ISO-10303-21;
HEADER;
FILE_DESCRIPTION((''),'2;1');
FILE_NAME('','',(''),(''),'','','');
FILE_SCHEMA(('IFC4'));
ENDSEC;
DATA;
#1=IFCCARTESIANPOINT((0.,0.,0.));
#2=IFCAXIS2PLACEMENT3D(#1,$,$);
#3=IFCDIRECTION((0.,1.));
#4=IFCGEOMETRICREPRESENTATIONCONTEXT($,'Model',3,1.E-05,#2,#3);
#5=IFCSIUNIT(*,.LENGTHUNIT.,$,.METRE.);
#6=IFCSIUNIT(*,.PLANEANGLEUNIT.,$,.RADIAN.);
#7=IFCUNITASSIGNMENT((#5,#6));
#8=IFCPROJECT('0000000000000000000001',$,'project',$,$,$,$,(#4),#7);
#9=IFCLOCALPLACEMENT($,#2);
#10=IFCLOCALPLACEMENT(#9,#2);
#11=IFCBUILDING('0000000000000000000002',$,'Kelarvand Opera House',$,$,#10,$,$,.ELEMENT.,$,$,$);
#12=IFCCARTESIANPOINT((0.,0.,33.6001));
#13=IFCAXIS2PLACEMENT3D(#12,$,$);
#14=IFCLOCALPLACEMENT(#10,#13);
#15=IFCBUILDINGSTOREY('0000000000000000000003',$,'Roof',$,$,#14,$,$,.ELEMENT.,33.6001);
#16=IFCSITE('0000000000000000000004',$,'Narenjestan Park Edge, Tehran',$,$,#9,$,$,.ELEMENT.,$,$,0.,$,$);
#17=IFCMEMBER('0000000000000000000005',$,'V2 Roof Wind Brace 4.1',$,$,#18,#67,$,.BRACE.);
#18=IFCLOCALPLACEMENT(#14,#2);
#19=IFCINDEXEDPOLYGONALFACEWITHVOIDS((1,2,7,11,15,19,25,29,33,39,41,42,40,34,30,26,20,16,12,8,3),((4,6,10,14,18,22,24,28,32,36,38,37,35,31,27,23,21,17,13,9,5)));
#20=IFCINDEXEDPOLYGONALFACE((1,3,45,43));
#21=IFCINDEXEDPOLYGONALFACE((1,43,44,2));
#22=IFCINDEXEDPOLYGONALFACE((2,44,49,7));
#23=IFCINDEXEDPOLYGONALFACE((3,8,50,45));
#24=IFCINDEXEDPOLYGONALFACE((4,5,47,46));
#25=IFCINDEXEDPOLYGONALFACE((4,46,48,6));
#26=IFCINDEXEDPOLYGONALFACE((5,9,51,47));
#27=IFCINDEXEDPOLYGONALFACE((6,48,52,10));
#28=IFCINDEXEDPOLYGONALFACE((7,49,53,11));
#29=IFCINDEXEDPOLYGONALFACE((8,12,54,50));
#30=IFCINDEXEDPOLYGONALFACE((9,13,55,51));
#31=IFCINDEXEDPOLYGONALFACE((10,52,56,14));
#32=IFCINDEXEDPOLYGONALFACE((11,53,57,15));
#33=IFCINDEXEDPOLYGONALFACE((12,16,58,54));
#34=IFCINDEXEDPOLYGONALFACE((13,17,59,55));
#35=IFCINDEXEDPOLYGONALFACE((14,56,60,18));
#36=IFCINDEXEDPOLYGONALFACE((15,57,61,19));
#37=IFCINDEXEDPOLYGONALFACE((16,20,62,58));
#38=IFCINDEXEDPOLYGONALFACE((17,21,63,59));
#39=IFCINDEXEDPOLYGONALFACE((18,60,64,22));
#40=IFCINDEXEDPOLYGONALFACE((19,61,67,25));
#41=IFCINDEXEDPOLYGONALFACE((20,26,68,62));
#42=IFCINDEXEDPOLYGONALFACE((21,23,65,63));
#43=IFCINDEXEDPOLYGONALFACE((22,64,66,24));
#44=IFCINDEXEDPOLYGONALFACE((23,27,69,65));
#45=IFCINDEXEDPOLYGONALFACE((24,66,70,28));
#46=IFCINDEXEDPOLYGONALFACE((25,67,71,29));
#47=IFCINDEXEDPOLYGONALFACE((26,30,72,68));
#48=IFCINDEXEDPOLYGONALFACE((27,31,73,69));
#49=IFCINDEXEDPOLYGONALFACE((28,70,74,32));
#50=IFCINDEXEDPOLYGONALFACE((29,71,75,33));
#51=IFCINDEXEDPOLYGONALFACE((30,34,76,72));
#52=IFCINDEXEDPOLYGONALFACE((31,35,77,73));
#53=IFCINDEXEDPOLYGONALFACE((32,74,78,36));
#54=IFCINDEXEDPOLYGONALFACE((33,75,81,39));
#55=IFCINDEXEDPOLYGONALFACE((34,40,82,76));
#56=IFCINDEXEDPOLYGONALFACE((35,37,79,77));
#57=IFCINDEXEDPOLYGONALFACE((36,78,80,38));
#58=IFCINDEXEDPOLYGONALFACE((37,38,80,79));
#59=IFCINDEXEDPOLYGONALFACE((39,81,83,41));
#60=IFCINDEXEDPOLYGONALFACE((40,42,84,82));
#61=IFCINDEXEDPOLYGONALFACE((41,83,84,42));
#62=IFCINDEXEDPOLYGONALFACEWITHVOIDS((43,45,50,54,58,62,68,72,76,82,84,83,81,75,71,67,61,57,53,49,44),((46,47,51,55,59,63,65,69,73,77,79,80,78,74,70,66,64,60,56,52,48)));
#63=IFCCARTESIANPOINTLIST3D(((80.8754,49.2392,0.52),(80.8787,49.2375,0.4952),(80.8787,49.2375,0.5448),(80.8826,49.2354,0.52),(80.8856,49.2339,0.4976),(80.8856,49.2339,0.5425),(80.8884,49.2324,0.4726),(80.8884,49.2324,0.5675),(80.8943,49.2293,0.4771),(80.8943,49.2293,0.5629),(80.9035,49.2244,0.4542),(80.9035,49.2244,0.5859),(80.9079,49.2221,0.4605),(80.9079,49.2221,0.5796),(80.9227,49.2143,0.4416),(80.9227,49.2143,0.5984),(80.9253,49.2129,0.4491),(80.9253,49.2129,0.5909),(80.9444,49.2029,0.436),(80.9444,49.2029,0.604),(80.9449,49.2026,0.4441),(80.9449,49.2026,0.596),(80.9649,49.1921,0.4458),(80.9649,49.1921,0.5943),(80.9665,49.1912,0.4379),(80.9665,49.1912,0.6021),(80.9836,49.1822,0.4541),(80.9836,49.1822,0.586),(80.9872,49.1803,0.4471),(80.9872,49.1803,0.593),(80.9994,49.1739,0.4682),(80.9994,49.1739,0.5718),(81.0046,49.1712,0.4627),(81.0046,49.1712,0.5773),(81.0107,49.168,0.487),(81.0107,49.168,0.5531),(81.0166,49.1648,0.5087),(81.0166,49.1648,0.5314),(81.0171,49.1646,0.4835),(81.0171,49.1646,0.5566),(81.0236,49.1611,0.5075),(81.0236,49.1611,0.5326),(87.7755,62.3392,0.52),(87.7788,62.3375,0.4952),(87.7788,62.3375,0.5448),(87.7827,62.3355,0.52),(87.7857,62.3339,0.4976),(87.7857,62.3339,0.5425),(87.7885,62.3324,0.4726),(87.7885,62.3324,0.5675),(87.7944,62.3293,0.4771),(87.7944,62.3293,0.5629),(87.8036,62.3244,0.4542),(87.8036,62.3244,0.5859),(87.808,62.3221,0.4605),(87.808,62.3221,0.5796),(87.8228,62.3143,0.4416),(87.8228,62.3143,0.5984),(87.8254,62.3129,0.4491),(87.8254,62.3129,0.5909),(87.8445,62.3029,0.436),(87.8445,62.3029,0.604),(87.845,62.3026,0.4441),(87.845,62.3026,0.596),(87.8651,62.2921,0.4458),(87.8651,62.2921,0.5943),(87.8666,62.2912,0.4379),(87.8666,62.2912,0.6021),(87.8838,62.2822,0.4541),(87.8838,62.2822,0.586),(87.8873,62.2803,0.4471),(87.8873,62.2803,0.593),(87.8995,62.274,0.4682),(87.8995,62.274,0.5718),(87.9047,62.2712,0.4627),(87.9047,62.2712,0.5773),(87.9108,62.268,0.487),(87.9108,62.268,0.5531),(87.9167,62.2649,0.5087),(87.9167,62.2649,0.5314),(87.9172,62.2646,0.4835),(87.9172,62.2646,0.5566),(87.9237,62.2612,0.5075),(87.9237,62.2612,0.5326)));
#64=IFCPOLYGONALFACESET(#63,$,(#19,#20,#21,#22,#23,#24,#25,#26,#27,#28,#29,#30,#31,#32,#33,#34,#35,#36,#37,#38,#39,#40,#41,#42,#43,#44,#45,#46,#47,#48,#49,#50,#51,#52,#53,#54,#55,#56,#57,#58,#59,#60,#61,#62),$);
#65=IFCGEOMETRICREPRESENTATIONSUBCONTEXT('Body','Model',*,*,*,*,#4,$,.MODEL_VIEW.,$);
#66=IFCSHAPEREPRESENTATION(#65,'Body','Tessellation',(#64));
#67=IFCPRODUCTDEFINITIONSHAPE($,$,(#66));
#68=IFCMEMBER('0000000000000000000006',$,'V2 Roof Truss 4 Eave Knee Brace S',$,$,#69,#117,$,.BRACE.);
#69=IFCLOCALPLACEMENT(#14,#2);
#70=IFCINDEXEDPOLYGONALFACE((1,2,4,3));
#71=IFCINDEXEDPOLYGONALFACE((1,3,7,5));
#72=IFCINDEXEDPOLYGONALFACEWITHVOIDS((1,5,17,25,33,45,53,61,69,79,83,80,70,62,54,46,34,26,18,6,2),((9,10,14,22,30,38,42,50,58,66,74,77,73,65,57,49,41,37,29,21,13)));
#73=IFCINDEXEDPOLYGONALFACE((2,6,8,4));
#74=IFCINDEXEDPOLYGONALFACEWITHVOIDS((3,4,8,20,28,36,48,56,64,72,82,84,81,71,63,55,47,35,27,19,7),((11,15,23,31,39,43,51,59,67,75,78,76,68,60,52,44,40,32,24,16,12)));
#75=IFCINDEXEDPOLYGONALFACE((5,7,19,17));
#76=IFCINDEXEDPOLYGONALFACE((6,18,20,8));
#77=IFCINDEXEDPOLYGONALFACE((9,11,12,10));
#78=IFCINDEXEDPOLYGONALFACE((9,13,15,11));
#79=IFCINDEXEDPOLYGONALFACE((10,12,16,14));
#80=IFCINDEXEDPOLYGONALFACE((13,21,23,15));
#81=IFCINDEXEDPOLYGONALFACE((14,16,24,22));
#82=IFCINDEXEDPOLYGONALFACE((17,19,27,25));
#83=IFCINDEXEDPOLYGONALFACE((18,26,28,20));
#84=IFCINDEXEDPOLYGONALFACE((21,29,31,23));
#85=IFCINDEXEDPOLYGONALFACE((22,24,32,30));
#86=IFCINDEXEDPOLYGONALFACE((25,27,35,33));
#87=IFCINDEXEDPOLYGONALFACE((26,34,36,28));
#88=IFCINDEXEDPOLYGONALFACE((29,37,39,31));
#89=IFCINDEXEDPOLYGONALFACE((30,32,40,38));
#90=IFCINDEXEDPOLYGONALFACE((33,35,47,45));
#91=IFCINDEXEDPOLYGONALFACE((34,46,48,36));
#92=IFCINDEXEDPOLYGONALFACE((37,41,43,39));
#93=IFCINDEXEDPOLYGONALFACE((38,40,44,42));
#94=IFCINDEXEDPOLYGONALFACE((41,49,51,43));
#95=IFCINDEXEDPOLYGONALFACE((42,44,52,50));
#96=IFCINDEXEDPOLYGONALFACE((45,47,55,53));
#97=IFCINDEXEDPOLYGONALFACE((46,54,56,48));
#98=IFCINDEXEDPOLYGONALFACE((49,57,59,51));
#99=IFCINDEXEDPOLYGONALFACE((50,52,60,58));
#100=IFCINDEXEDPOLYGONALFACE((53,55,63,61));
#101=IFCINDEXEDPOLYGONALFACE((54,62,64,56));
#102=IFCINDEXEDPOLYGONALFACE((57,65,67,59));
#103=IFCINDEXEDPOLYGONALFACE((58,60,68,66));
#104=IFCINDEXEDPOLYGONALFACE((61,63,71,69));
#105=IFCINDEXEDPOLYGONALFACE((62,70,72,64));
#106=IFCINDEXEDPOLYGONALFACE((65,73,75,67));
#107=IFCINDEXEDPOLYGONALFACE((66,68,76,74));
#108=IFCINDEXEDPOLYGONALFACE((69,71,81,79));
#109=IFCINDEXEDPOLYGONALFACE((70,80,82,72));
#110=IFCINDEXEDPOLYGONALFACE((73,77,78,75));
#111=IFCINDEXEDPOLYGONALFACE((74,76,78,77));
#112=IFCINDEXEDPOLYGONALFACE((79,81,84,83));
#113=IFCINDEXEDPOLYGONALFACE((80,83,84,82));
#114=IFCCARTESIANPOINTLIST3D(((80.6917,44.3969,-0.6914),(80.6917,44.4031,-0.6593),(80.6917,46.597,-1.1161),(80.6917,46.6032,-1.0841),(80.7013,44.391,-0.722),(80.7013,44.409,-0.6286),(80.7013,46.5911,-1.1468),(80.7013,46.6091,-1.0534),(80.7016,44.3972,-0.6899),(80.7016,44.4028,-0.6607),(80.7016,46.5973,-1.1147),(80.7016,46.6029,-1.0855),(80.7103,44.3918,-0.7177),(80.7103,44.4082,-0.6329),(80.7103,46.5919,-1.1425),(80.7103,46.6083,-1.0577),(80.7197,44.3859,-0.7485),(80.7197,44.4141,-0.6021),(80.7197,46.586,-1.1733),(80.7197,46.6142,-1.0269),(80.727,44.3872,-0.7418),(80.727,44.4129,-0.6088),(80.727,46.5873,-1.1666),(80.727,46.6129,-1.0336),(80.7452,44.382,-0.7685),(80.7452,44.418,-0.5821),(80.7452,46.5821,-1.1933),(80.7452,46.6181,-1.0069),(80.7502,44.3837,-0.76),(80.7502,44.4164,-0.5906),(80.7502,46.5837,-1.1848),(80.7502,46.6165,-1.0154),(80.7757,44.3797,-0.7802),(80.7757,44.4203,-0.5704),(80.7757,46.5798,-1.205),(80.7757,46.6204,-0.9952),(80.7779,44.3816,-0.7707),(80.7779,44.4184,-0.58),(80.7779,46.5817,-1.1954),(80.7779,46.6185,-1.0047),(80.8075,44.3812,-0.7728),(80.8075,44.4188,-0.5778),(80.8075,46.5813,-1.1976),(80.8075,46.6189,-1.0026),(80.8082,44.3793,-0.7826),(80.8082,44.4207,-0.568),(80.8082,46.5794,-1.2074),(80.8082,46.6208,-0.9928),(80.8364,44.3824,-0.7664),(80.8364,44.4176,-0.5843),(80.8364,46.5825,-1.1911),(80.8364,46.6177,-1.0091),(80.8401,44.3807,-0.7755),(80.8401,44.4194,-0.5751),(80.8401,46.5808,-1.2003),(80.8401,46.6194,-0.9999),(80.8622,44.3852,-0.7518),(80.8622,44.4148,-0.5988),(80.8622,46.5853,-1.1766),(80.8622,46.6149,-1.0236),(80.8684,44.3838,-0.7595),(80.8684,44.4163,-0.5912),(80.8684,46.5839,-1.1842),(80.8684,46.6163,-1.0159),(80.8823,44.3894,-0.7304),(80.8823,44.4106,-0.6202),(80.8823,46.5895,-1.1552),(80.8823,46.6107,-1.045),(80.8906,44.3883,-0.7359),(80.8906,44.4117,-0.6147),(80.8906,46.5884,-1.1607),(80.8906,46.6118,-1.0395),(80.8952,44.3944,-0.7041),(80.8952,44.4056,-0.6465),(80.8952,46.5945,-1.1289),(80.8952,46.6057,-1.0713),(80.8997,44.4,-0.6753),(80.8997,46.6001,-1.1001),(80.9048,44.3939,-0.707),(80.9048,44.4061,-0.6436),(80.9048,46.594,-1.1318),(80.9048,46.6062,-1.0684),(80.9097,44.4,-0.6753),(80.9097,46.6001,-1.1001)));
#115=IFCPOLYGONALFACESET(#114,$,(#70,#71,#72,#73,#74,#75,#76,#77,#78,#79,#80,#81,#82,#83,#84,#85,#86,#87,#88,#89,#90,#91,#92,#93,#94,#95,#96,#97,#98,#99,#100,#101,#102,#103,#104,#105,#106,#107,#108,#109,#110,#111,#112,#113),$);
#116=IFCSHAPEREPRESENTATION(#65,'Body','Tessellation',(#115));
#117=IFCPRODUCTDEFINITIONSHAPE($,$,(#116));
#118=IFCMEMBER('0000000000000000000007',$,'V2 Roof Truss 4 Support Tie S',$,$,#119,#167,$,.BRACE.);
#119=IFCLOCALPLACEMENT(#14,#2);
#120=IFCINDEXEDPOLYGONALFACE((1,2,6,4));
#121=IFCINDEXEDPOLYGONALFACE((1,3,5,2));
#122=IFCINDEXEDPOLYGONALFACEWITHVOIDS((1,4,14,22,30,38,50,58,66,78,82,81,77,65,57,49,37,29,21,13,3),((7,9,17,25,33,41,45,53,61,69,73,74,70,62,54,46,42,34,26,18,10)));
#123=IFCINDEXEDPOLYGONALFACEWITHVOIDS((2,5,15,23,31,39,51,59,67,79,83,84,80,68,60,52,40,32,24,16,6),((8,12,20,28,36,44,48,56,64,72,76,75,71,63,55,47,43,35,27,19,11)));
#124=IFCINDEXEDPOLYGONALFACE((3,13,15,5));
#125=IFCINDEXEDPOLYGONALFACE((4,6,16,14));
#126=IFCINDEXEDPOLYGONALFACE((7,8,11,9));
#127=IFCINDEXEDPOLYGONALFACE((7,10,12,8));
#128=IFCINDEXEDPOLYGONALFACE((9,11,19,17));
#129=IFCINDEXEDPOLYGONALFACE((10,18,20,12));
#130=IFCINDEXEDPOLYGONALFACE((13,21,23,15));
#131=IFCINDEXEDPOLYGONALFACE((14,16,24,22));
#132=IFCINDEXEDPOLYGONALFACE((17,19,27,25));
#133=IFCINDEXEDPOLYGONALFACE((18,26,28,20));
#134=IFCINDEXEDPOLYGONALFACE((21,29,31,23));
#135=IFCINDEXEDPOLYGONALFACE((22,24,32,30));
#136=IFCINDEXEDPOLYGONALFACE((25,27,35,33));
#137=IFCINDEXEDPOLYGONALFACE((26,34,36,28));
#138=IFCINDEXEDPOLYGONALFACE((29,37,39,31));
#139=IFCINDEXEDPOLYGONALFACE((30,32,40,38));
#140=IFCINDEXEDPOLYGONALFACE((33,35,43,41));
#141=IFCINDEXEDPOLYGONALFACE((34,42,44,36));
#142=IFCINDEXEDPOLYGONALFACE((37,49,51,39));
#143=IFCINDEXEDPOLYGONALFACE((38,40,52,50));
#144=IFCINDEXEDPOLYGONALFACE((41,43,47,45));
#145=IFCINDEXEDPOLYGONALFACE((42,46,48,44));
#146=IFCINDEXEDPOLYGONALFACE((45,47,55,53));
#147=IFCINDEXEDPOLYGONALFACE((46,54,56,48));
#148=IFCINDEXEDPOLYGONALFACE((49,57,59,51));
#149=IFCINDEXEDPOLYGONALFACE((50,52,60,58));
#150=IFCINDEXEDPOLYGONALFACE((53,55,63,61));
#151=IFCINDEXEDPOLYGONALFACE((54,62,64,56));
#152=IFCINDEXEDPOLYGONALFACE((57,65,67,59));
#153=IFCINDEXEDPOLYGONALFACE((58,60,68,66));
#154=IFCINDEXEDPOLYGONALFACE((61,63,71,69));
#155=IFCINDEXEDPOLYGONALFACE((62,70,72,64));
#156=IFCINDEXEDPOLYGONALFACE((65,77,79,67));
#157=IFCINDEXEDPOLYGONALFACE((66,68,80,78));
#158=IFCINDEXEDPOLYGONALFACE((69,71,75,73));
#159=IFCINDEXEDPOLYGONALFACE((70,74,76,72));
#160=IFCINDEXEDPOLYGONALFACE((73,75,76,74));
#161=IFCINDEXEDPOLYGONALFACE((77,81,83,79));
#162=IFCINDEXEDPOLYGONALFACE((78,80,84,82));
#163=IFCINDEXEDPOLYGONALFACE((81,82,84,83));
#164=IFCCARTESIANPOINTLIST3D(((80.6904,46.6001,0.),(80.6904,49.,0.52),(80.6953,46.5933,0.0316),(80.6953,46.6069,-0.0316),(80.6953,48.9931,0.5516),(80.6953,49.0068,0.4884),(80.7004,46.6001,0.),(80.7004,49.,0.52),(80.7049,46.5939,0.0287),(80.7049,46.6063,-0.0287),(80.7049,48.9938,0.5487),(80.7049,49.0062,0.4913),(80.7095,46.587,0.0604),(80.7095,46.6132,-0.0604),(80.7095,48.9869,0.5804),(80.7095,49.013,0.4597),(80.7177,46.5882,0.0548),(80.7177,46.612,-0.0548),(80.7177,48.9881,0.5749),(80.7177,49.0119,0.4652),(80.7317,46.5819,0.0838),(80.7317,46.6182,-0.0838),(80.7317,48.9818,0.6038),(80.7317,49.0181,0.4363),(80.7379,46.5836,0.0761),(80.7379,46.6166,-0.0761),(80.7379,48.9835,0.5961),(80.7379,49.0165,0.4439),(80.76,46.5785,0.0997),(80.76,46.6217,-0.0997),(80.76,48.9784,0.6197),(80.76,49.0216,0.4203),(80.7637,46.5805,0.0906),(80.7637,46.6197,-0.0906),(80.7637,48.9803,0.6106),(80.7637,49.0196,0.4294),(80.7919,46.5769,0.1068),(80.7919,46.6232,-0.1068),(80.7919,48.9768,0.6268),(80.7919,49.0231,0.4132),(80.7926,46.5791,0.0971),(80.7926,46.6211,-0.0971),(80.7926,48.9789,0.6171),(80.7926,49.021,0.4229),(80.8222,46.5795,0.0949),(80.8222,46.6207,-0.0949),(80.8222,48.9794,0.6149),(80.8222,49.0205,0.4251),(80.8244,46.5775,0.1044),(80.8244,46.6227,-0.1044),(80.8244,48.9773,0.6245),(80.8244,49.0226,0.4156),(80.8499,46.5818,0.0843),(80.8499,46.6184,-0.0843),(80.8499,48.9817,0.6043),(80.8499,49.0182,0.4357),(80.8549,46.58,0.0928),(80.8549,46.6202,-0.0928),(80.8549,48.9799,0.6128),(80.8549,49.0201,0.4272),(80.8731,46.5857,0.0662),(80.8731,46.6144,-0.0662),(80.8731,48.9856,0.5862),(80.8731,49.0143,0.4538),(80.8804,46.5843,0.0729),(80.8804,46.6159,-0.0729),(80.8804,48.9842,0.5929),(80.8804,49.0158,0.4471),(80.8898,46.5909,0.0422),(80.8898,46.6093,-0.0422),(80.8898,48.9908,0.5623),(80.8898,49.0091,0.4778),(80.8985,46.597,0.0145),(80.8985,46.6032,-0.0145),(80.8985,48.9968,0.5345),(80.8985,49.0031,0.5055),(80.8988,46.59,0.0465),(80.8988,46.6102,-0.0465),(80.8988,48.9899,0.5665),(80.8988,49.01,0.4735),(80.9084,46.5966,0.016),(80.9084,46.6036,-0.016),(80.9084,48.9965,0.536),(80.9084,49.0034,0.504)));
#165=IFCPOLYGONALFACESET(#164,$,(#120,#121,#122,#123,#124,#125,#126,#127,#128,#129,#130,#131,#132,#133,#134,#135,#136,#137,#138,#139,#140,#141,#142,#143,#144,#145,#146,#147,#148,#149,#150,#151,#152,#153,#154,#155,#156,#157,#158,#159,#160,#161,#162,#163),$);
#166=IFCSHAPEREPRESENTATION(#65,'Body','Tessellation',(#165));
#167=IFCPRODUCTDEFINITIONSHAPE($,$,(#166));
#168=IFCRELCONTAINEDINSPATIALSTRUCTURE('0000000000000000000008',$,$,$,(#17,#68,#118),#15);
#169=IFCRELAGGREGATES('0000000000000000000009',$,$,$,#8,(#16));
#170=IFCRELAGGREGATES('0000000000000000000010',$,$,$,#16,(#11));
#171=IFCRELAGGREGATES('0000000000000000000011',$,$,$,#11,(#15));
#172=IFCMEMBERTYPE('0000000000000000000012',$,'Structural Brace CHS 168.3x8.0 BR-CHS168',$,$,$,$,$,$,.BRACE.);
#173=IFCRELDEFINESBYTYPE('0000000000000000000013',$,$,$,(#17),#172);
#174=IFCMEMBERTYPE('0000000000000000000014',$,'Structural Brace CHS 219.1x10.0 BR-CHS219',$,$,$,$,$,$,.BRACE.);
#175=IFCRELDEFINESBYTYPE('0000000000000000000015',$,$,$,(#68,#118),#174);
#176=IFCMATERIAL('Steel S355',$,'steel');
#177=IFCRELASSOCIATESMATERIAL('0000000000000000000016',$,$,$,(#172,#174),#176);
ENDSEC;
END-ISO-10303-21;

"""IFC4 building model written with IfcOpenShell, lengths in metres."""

from ifc_helpers import new_model, si_unit, direction, frame, origin, origin_2d, place, context, subcontext, project, spatial, hollow_circle, extrude, material, material_profile, profile_set, type_object, element, save


model = new_model("IFC4")

# Units and contexts
model_context = context("Model", 3, precision=1e-05, world=origin(), true_north=direction((0.0, 1.0)))
body_context = subcontext(model_context, "Body", "Model", "MODEL_VIEW")
ifc_project = project(units=[si_unit("LENGTHUNIT", "METRE"), si_unit("PLANEANGLEUNIT", "RADIAN")], contexts=[model_context])

# Site, building, storey
site_placement = place(None, origin())
site = spatial("IfcSite", under=ifc_project, at=site_placement, Name="Narenjestan Park Edge, Tehran", CompositionType="ELEMENT", RefElevation=0.0)
building_placement = place(site_placement, origin())
building = spatial("IfcBuilding", under=site, at=building_placement, Name="Kelarvand Opera House", CompositionType="ELEMENT")
storey_placement = place(building_placement, frame((0.0, 0.0, 33.6001)))
storey = spatial("IfcBuildingStorey", under=building, at=storey_placement, Name="Roof", CompositionType="ELEMENT", Elevation=33.6001)

# Members
ifc_material = material(Name="Steel S355", Category="steel")
ifc_material_profile_1 = material_profile(ifc_material, hollow_circle(Radius=0.0842, WallThickness=0.0081, at=origin_2d()), Name="CHS 168.3x8.0", Category="steel")
ifc_profile_set_1 = profile_set([ifc_material_profile_1], Name="Steel S355")
member_type_1 = type_object("IfcMemberType", Name="Structural Brace CHS 168.3x8.0 BR-CHS168", PredefinedType="BRACE", material=ifc_profile_set_1)
member_1_placement = place(storey_placement, frame((80.95, 49.2, 0.52), z_axis=(0.46603, 0.884769, 0.0), x_axis=(-0.884769, 0.46603, 0.0)))
element("IfcMember", 1, at=member_1_placement, inside=storey, type_object=member_type_1, Name="V2 Roof Wind Brace 4.1", PredefinedType="BRACE", context=body_context, shape_type="SweptSolid", body=[
    extrude(hollow_circle(Radius=0.0842, WallThickness=0.0081, at=origin_2d()), origin(), (0.0, 0.0, 1.0), 14.8062),
])
ifc_material_profile_2 = material_profile(ifc_material, hollow_circle(Radius=0.1096, WallThickness=0.01, at=origin_2d()), Name="CHS 219.1x10.0", Category="steel")
ifc_profile_set_2 = profile_set([ifc_material_profile_2], Name="Steel S355")
member_type_2 = type_object("IfcMemberType", Name="Structural Brace CHS 219.1x10.0 BR-CHS219", PredefinedType="BRACE", material=ifc_profile_set_2)
member_2_placement = place(storey_placement, frame((80.8, 46.6001, -1.1001), z_axis=(0.0, -0.981866, 0.189575), x_axis=(1.0, 0.0, 0.0)))
element("IfcMember", 2, at=member_2_placement, inside=storey, type_object=member_type_2, Name="V2 Roof Truss 4 Eave Knee Brace S", PredefinedType="BRACE", context=body_context, shape_type="SweptSolid", body=[
    extrude(hollow_circle(Radius=0.1096, WallThickness=0.01, at=origin_2d()), origin(), (0.0, 0.0, 1.0), 2.2407),
])
member_3_placement = place(storey_placement, frame((80.8, 46.6001, 0.0), z_axis=(0.0, 0.97732, 0.211769), x_axis=(-1.0, 0.0, 0.0)))
element("IfcMember", 3, at=member_3_placement, inside=storey, type_object=member_type_2, Name="V2 Roof Truss 4 Support Tie S", PredefinedType="BRACE", context=body_context, shape_type="SweptSolid", body=[
    extrude(hollow_circle(Radius=0.1096, WallThickness=0.01, at=origin_2d()), origin(), (0.0, 0.0, 1.0), 2.4556),
])

save(model, "model.ifc")
